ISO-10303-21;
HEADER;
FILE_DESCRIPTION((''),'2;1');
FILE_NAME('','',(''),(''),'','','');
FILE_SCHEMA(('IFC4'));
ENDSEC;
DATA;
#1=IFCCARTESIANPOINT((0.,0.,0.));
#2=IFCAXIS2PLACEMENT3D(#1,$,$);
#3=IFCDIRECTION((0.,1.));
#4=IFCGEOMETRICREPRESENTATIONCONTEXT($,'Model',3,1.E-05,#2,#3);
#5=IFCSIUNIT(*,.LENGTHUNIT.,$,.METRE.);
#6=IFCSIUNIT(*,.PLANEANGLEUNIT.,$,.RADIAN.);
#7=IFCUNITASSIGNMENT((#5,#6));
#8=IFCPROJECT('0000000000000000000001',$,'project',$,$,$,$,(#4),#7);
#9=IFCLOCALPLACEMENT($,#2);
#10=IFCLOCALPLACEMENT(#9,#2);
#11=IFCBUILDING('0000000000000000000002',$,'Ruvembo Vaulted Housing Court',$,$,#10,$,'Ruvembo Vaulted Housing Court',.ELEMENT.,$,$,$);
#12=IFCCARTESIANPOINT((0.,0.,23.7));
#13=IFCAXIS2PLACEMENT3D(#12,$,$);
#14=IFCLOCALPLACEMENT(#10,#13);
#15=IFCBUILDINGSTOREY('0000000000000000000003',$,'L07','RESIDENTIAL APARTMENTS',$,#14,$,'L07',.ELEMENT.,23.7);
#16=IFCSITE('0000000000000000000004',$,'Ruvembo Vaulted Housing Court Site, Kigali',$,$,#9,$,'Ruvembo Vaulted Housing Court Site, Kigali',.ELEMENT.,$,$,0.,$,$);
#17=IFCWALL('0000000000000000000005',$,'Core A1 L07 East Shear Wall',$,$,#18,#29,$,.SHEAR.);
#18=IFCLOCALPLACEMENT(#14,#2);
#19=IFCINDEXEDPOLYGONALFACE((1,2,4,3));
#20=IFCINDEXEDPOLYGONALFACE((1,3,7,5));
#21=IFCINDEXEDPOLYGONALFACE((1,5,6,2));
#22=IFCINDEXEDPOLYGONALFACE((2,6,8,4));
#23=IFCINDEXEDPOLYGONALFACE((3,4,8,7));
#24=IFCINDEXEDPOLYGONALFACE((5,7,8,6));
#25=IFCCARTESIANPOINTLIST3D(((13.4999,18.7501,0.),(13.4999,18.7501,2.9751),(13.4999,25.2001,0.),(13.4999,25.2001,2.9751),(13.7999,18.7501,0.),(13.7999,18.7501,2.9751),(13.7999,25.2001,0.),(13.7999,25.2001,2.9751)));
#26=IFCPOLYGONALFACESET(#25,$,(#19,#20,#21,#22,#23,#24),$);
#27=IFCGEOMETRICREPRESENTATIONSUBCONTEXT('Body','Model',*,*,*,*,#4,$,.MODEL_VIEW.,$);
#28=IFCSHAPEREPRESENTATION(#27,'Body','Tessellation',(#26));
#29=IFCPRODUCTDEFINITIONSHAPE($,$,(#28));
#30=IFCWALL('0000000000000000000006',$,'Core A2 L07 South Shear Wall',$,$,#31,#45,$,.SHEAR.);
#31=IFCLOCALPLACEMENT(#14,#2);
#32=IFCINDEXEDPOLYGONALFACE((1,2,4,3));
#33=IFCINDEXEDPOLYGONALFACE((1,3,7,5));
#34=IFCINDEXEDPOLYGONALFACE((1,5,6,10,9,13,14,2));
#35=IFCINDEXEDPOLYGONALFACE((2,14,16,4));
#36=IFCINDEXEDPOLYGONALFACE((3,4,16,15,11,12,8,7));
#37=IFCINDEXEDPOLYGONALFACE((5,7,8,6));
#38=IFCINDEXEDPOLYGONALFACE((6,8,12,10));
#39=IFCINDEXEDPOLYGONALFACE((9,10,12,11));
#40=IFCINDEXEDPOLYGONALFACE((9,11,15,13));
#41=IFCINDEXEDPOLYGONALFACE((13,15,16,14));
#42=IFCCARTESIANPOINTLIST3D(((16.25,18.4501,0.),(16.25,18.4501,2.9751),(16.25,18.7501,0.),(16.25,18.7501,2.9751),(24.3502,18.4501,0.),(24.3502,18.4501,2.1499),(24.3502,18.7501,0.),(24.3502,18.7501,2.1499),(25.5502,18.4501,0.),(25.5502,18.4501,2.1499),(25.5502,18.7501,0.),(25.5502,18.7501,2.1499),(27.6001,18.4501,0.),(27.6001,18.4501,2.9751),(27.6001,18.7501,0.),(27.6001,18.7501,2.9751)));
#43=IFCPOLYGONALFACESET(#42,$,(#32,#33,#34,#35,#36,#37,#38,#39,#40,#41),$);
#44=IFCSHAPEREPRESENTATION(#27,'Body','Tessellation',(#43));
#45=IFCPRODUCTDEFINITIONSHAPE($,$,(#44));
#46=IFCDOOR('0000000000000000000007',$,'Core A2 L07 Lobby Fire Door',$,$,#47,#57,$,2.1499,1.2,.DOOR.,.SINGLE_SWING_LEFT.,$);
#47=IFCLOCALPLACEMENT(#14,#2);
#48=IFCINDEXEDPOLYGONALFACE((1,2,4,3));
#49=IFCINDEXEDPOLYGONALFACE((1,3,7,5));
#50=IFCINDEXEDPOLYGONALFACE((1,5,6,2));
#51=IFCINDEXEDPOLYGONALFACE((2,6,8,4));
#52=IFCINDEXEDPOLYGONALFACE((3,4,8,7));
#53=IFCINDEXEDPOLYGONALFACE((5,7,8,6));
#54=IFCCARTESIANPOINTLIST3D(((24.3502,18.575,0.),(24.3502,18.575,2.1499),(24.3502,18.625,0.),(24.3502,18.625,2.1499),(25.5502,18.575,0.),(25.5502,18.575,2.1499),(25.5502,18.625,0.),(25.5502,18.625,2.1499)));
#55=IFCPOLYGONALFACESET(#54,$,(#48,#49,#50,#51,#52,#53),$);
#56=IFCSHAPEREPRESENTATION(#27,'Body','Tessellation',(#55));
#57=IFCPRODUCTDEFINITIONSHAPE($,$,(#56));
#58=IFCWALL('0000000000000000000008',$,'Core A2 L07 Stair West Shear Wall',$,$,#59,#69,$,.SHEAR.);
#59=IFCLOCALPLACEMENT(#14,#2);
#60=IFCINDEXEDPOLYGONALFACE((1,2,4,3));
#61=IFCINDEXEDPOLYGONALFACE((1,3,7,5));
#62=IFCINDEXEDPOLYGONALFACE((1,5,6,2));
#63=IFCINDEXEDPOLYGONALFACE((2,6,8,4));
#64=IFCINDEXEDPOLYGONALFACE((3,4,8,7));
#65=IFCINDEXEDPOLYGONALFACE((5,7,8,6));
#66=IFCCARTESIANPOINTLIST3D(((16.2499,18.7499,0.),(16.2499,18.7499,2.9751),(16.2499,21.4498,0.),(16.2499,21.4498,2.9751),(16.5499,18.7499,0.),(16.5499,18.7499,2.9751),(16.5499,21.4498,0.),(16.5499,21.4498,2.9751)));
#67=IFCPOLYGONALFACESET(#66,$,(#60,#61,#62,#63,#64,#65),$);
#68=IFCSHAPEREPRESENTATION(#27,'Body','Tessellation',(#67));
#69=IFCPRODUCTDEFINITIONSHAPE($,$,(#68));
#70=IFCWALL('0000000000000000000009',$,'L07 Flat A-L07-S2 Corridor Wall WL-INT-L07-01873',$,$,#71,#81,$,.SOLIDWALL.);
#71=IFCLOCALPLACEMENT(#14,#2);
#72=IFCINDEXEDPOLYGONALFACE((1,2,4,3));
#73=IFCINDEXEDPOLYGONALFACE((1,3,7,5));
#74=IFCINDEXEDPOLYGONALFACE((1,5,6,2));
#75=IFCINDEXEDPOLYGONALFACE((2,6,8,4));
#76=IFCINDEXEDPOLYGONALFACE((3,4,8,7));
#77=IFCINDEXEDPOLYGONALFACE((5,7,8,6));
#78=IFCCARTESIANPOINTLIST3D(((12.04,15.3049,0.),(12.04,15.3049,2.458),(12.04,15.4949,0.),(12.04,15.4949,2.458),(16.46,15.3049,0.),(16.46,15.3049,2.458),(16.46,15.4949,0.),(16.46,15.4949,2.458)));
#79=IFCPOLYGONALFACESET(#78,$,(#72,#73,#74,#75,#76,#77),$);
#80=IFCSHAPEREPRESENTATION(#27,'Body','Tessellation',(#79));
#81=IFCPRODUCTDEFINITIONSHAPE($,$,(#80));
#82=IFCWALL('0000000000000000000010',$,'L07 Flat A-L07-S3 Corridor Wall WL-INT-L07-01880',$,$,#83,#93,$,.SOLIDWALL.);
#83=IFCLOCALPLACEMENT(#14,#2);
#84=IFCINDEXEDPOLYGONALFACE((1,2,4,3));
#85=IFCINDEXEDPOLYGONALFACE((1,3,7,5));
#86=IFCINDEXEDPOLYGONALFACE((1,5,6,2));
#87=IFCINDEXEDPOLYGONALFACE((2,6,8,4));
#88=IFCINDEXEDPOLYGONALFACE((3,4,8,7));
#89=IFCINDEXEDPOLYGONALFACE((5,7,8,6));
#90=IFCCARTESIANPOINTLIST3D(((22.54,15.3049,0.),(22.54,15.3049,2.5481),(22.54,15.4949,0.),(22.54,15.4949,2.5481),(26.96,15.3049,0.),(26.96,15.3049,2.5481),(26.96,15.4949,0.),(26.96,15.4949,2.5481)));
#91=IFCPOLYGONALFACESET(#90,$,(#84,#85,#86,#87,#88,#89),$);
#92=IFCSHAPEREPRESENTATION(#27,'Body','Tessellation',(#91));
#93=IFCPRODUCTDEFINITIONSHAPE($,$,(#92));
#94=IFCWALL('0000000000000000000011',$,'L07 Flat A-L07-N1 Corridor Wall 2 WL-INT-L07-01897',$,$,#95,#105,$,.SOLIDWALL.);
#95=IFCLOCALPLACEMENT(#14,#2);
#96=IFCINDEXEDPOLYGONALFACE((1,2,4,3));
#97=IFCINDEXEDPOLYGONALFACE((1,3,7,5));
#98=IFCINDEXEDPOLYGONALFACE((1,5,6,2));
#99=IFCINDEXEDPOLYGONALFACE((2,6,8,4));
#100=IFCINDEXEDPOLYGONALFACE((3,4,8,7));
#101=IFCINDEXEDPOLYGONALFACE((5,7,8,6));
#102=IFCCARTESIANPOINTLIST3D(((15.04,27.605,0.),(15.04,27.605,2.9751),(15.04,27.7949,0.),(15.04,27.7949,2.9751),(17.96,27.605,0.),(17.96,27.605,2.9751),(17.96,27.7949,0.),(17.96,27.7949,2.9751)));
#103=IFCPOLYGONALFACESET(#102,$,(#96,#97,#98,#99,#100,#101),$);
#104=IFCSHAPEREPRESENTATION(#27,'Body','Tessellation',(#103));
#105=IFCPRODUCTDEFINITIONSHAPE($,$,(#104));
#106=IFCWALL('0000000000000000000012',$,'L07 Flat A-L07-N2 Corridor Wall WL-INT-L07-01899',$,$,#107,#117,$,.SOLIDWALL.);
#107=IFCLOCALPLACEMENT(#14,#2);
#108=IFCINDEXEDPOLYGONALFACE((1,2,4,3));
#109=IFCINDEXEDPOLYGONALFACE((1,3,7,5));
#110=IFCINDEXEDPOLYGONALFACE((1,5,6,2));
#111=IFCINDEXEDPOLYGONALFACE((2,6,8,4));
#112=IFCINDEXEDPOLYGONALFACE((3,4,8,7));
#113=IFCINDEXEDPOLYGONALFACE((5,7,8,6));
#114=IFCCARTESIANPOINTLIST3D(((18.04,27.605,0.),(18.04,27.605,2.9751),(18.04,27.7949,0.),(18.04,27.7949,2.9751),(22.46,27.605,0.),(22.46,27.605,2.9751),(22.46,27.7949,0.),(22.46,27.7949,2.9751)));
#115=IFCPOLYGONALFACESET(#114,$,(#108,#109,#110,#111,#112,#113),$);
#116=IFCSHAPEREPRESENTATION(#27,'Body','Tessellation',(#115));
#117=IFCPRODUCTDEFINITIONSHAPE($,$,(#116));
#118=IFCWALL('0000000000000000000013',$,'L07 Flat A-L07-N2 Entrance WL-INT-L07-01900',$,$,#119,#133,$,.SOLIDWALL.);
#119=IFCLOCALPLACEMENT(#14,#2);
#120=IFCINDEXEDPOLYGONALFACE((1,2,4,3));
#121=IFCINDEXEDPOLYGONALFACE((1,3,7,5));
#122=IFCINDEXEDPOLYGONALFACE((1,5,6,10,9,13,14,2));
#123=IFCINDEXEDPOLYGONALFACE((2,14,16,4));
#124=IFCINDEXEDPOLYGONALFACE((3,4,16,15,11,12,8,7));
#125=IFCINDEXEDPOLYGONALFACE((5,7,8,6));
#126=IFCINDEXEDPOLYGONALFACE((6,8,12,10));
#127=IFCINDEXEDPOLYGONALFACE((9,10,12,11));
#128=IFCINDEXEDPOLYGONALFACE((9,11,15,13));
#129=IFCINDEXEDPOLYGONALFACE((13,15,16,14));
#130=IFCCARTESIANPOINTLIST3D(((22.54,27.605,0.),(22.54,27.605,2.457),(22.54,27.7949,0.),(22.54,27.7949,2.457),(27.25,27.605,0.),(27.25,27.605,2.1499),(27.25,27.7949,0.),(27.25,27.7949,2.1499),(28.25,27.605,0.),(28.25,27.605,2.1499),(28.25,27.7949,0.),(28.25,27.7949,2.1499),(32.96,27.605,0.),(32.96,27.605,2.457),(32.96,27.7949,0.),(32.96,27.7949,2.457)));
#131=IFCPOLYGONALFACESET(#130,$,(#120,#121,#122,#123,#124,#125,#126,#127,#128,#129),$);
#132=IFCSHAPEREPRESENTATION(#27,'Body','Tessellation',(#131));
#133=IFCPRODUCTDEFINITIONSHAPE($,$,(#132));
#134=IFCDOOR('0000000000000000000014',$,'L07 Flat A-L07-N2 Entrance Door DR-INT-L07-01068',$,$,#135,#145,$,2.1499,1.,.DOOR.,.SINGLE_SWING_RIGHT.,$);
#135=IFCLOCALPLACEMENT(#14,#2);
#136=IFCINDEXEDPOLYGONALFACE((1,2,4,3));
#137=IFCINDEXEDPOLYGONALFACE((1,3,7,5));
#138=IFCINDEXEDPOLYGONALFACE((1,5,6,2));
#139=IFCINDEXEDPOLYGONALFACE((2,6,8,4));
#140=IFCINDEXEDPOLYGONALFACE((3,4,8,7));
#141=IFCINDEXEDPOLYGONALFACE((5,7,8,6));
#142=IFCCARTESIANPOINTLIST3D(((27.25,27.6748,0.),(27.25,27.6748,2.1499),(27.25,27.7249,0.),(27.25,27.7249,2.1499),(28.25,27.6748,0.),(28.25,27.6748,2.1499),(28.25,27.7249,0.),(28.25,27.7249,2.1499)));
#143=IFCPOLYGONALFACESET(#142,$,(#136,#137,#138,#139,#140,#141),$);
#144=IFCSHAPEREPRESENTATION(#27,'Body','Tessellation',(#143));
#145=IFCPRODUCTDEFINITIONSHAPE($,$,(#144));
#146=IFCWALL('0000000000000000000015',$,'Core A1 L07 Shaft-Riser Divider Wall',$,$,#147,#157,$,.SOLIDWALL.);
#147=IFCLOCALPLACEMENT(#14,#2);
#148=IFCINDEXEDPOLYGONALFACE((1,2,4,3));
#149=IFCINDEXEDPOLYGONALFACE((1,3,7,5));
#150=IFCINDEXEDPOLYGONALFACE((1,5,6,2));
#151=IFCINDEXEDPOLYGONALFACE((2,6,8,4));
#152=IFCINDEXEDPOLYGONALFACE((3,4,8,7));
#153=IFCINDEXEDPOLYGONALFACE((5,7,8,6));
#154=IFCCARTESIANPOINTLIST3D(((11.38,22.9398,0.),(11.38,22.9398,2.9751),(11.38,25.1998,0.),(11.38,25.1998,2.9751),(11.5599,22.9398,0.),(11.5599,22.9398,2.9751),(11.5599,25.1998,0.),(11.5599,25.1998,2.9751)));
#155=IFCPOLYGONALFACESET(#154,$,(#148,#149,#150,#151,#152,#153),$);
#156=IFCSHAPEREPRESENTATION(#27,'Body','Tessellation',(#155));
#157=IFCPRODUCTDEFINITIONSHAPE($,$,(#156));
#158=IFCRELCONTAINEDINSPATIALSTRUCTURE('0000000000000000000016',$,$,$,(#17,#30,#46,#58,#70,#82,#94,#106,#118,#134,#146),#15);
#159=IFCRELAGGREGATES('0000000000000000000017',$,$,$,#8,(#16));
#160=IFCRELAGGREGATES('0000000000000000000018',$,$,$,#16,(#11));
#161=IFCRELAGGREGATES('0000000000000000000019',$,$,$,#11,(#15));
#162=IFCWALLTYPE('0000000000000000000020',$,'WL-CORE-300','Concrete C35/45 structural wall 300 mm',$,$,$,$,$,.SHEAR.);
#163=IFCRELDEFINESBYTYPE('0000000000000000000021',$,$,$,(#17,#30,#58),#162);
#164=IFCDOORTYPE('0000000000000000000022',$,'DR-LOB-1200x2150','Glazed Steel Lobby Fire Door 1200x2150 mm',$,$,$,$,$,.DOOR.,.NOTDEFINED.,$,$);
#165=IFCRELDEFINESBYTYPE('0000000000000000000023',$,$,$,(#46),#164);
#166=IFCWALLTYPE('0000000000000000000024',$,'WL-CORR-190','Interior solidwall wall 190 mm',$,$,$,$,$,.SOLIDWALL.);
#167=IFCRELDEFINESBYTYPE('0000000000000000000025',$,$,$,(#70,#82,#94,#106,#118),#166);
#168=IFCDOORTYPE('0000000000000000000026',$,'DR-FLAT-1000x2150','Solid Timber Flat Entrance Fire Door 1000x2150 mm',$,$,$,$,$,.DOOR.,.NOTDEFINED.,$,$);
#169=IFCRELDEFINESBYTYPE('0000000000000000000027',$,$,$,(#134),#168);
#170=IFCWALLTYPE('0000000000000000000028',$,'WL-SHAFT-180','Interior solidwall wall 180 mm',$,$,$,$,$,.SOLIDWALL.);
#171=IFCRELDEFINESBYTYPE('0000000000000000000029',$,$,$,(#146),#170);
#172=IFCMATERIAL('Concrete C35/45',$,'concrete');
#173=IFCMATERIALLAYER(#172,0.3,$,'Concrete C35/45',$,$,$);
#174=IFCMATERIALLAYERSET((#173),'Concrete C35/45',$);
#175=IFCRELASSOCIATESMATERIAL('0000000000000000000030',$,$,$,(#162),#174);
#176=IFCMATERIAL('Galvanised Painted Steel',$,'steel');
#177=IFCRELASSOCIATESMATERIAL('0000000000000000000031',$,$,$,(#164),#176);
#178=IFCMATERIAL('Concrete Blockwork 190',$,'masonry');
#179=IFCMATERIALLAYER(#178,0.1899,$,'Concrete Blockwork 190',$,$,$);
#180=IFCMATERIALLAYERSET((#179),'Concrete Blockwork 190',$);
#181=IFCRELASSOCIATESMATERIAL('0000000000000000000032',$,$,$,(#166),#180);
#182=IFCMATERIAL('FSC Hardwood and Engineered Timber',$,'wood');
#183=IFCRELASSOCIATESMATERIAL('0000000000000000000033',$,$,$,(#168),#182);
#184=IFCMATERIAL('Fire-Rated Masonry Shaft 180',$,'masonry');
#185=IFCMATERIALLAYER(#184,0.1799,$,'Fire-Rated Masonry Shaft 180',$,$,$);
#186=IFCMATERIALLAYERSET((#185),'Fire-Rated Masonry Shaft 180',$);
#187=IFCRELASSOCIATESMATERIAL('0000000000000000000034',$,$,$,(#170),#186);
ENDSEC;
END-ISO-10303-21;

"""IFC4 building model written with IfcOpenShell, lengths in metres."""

from ifc_helpers import new_model, si_unit, direction, frame, frame_2d, origin, place, context, subcontext, project, spatial, rectangle, extrude, material, layer, layer_set, type_object, element, fill, save


model = new_model("IFC4")

# Units and contexts
model_context = context("Model", 3, precision=1e-05, world=origin(), true_north=direction((0.0, 1.0)))
body_context = subcontext(model_context, "Body", "Model", "MODEL_VIEW")
ifc_project = project(units=[si_unit("LENGTHUNIT", "METRE"), si_unit("PLANEANGLEUNIT", "RADIAN")], contexts=[model_context])

# Site, building, storey
site_placement = place(None, origin())
site = spatial("IfcSite", under=ifc_project, at=site_placement, Name="Ruvembo Vaulted Housing Court Site, Kigali", LongName="Ruvembo Vaulted Housing Court Site, Kigali", CompositionType="ELEMENT", RefElevation=0.0)
building_placement = place(site_placement, origin())
building = spatial("IfcBuilding", under=site, at=building_placement, Name="Ruvembo Vaulted Housing Court", LongName="Ruvembo Vaulted Housing Court", CompositionType="ELEMENT")
storey_placement = place(building_placement, frame((0.0, 0.0, 23.7)))
storey = spatial("IfcBuildingStorey", under=building, at=storey_placement, Name="L07", Description="RESIDENTIAL APARTMENTS", LongName="L07", CompositionType="ELEMENT", Elevation=23.7)

# Shared definitions
ifc_material_1 = material(Name="Concrete C35/45", Category="concrete")

# Wall
ifc_layer_1 = layer(ifc_material_1, 0.3, Name="Concrete C35/45")
ifc_layer_set_1 = layer_set([ifc_layer_1], Name="Concrete C35/45")
wall_type_1 = type_object("IfcWallType", Name="WL-CORE-300", Description="Concrete C35/45 structural wall 300 mm", PredefinedType="SHEAR", material=ifc_layer_set_1)
wall_1_placement = place(storey_placement, frame((13.6499, 18.75, 0.0), z_axis=(0.0, 0.0, 1.0), x_axis=(0.0, 1.0, 0.0)))
element("IfcWall", 1, at=wall_1_placement, inside=storey, type_object=wall_type_1, Name="Core A1 L07 East Shear Wall", PredefinedType="SHEAR", context=body_context, shape_type="SweptSolid", body=[
    extrude(rectangle(XDim=6.45, YDim=0.3, at=frame_2d((3.2251, 0.0))), origin(), (0.0, 0.0, 1.0), 2.9751),
])

# Wall, opening, door
wall_2_placement = place(storey_placement, frame((16.25, 18.6001, 0.0), z_axis=(0.0, 0.0, 1.0), x_axis=(1.0, 0.0, 0.0)))
wall_2 = element("IfcWall", 2, at=wall_2_placement, inside=storey, type_object=wall_type_1, Name="Core A2 L07 South Shear Wall", PredefinedType="SHEAR", context=body_context, shape_type="SweptSolid", body=[
    extrude(rectangle(XDim=11.3501, YDim=0.3, at=frame_2d((5.675, 0.0))), origin(), (0.0, 0.0, 1.0), 2.9751),
])
opening_1_placement = place(wall_2_placement, frame((8.1001, 0.0, 0.0)))
opening_1 = element("IfcOpeningElement", 3, at=opening_1_placement, cuts=wall_2, PredefinedType="OPENING", context=body_context, shape_type="SweptSolid", body=[
    extrude(rectangle(XDim=1.2, YDim=2.1499, at=frame_2d((0.6001, 1.075))), frame((0.0, 0.1599, 0.0), z_axis=(0.0, -1.0, 0.0), x_axis=(1.0, 0.0, 0.0)), (0.0, 0.0, 1.0), 0.3201),
])
ifc_material_2 = material(Name="Galvanised Painted Steel", Category="steel")
door_type_1 = type_object("IfcDoorType", Name="DR-LOB-1200x2150", Description="Glazed Steel Lobby Fire Door 1200x2150 mm", OperationType="NOTDEFINED", PredefinedType="DOOR", material=ifc_material_2)
door_1_placement = place(opening_1_placement, origin())
door_1 = element("IfcDoor", 4, at=door_1_placement, inside=storey, type_object=door_type_1, Name="Core A2 L07 Lobby Fire Door", OperationType="SINGLE_SWING_LEFT", OverallHeight=2.1499, OverallWidth=1.2, PredefinedType="DOOR", context=body_context, shape_type="SweptSolid", body=[
    extrude(rectangle(XDim=1.2, YDim=2.1499, at=frame_2d((0.6001, 1.075))), frame((0.0, 0.0249, 0.0), z_axis=(0.0, -1.0, 0.0), x_axis=(1.0, 0.0, 0.0)), (0.0, 0.0, 1.0), 0.05),
])
fill(opening_1, door_1)

# Walls
wall_3_placement = place(storey_placement, frame((16.3999, 21.45, 0.0), z_axis=(0.0, 0.0, 1.0), x_axis=(0.0, -1.0, 0.0)))
element("IfcWall", 5, at=wall_3_placement, inside=storey, type_object=wall_type_1, Name="Core A2 L07 Stair West Shear Wall", PredefinedType="SHEAR", context=body_context, shape_type="SweptSolid", body=[
    extrude(rectangle(XDim=2.7, YDim=0.3, at=frame_2d((1.3501, 0.0))), origin(), (0.0, 0.0, 1.0), 2.9751),
])
ifc_material_3 = material(Name="Concrete Blockwork 190", Category="masonry")
ifc_layer_2 = layer(ifc_material_3, 0.1899, Name="Concrete Blockwork 190")
ifc_layer_set_2 = layer_set([ifc_layer_2], Name="Concrete Blockwork 190")
wall_type_2 = type_object("IfcWallType", Name="WL-CORR-190", Description="Interior solidwall wall 190 mm", PredefinedType="SOLIDWALL", material=ifc_layer_set_2)
wall_4_placement = place(storey_placement, frame((12.04, 15.3999, 0.0), z_axis=(0.0, 0.0, 1.0), x_axis=(1.0, 0.0, 0.0)))
element("IfcWall", 6, at=wall_4_placement, inside=storey, type_object=wall_type_2, Name="L07 Flat A-L07-S2 Corridor Wall WL-INT-L07-01873", PredefinedType="SOLIDWALL", context=body_context, shape_type="SweptSolid", body=[
    extrude(rectangle(XDim=4.4199, YDim=0.1899, at=frame_2d((2.21, 0.0))), origin(), (0.0, 0.0, 1.0), 2.458),
])

# Shared definitions
ifc_material_4 = material(Name="FSC Hardwood and Engineered Timber", Category="wood")

# Walls
wall_5_placement = place(storey_placement, frame((22.54, 15.3999, 0.0), z_axis=(0.0, 0.0, 1.0), x_axis=(1.0, 0.0, 0.0)))
element("IfcWall", 7, at=wall_5_placement, inside=storey, type_object=wall_type_2, Name="L07 Flat A-L07-S3 Corridor Wall WL-INT-L07-01880", PredefinedType="SOLIDWALL", context=body_context, shape_type="SweptSolid", body=[
    extrude(rectangle(XDim=4.4199, YDim=0.1899, at=frame_2d((2.21, 0.0))), origin(), (0.0, 0.0, 1.0), 2.5481),
])
wall_6_placement = place(storey_placement, frame((15.04, 27.7, 0.0), z_axis=(0.0, 0.0, 1.0), x_axis=(1.0, 0.0, 0.0)))
element("IfcWall", 8, at=wall_6_placement, inside=storey, type_object=wall_type_2, Name="L07 Flat A-L07-N1 Corridor Wall 2 WL-INT-L07-01897", PredefinedType="SOLIDWALL", context=body_context, shape_type="SweptSolid", body=[
    extrude(rectangle(XDim=2.9199, YDim=0.1899, at=frame_2d((1.46, 0.0))), origin(), (0.0, 0.0, 1.0), 2.9751),
])
wall_7_placement = place(storey_placement, frame((18.04, 27.7, 0.0), z_axis=(0.0, 0.0, 1.0), x_axis=(1.0, 0.0, 0.0)))
element("IfcWall", 9, at=wall_7_placement, inside=storey, type_object=wall_type_2, Name="L07 Flat A-L07-N2 Corridor Wall WL-INT-L07-01899", PredefinedType="SOLIDWALL", context=body_context, shape_type="SweptSolid", body=[
    extrude(rectangle(XDim=4.4199, YDim=0.1899, at=frame_2d((2.21, 0.0))), origin(), (0.0, 0.0, 1.0), 2.9751),
])

# Wall, opening, door
wall_8_placement = place(storey_placement, frame((22.54, 27.7, 0.0), z_axis=(0.0, 0.0, 1.0), x_axis=(1.0, 0.0, 0.0)))
wall_8 = element("IfcWall", 10, at=wall_8_placement, inside=storey, type_object=wall_type_2, Name="L07 Flat A-L07-N2 Entrance WL-INT-L07-01900", PredefinedType="SOLIDWALL", context=body_context, shape_type="SweptSolid", body=[
    extrude(rectangle(XDim=10.4199, YDim=0.1899, at=frame_2d((5.21, 0.0))), origin(), (0.0, 0.0, 1.0), 2.457),
])
opening_2_placement = place(wall_8_placement, frame((4.71, 0.0, 0.0)))
opening_2 = element("IfcOpeningElement", 11, at=opening_2_placement, cuts=wall_8, PredefinedType="OPENING", context=body_context, shape_type="SweptSolid", body=[
    extrude(rectangle(XDim=1.0, YDim=2.1499, at=frame_2d((0.5, 1.075))), frame((0.0, 0.105, 0.0), z_axis=(0.0, -1.0, 0.0), x_axis=(1.0, 0.0, 0.0)), (0.0, 0.0, 1.0), 0.21),
])
door_type_2 = type_object("IfcDoorType", Name="DR-FLAT-1000x2150", Description="Solid Timber Flat Entrance Fire Door 1000x2150 mm", OperationType="NOTDEFINED", PredefinedType="DOOR", material=ifc_material_4)
door_2_placement = place(opening_2_placement, origin())
door_2 = element("IfcDoor", 12, at=door_2_placement, inside=storey, type_object=door_type_2, Name="L07 Flat A-L07-N2 Entrance Door DR-INT-L07-01068", OperationType="SINGLE_SWING_RIGHT", OverallHeight=2.1499, OverallWidth=1.0, PredefinedType="DOOR", context=body_context, shape_type="SweptSolid", body=[
    extrude(rectangle(XDim=1.0, YDim=2.1499, at=frame_2d((0.5, 1.075))), frame((0.0, 0.0249, 0.0), z_axis=(0.0, -1.0, 0.0), x_axis=(1.0, 0.0, 0.0)), (0.0, 0.0, 1.0), 0.05),
])
fill(opening_2, door_2)

# Wall
ifc_material_5 = material(Name="Fire-Rated Masonry Shaft 180", Category="masonry")
ifc_layer_3 = layer(ifc_material_5, 0.1799, Name="Fire-Rated Masonry Shaft 180")
ifc_layer_set_3 = layer_set([ifc_layer_3], Name="Fire-Rated Masonry Shaft 180")
wall_type_3 = type_object("IfcWallType", Name="WL-SHAFT-180", Description="Interior solidwall wall 180 mm", PredefinedType="SOLIDWALL", material=ifc_layer_set_3)
wall_9_placement = place(storey_placement, frame((11.47, 22.9399, 0.0), z_axis=(0.0, 0.0, 1.0), x_axis=(0.0, 1.0, 0.0)))
element("IfcWall", 13, at=wall_9_placement, inside=storey, type_object=wall_type_3, Name="Core A1 L07 Shaft-Riser Divider Wall", PredefinedType="SOLIDWALL", context=body_context, shape_type="SweptSolid", body=[
    extrude(rectangle(XDim=2.26, YDim=0.1799, at=frame_2d((1.1299, 0.0))), origin(), (0.0, 0.0, 1.0), 2.9751),
])

save(model, "model.ifc")
